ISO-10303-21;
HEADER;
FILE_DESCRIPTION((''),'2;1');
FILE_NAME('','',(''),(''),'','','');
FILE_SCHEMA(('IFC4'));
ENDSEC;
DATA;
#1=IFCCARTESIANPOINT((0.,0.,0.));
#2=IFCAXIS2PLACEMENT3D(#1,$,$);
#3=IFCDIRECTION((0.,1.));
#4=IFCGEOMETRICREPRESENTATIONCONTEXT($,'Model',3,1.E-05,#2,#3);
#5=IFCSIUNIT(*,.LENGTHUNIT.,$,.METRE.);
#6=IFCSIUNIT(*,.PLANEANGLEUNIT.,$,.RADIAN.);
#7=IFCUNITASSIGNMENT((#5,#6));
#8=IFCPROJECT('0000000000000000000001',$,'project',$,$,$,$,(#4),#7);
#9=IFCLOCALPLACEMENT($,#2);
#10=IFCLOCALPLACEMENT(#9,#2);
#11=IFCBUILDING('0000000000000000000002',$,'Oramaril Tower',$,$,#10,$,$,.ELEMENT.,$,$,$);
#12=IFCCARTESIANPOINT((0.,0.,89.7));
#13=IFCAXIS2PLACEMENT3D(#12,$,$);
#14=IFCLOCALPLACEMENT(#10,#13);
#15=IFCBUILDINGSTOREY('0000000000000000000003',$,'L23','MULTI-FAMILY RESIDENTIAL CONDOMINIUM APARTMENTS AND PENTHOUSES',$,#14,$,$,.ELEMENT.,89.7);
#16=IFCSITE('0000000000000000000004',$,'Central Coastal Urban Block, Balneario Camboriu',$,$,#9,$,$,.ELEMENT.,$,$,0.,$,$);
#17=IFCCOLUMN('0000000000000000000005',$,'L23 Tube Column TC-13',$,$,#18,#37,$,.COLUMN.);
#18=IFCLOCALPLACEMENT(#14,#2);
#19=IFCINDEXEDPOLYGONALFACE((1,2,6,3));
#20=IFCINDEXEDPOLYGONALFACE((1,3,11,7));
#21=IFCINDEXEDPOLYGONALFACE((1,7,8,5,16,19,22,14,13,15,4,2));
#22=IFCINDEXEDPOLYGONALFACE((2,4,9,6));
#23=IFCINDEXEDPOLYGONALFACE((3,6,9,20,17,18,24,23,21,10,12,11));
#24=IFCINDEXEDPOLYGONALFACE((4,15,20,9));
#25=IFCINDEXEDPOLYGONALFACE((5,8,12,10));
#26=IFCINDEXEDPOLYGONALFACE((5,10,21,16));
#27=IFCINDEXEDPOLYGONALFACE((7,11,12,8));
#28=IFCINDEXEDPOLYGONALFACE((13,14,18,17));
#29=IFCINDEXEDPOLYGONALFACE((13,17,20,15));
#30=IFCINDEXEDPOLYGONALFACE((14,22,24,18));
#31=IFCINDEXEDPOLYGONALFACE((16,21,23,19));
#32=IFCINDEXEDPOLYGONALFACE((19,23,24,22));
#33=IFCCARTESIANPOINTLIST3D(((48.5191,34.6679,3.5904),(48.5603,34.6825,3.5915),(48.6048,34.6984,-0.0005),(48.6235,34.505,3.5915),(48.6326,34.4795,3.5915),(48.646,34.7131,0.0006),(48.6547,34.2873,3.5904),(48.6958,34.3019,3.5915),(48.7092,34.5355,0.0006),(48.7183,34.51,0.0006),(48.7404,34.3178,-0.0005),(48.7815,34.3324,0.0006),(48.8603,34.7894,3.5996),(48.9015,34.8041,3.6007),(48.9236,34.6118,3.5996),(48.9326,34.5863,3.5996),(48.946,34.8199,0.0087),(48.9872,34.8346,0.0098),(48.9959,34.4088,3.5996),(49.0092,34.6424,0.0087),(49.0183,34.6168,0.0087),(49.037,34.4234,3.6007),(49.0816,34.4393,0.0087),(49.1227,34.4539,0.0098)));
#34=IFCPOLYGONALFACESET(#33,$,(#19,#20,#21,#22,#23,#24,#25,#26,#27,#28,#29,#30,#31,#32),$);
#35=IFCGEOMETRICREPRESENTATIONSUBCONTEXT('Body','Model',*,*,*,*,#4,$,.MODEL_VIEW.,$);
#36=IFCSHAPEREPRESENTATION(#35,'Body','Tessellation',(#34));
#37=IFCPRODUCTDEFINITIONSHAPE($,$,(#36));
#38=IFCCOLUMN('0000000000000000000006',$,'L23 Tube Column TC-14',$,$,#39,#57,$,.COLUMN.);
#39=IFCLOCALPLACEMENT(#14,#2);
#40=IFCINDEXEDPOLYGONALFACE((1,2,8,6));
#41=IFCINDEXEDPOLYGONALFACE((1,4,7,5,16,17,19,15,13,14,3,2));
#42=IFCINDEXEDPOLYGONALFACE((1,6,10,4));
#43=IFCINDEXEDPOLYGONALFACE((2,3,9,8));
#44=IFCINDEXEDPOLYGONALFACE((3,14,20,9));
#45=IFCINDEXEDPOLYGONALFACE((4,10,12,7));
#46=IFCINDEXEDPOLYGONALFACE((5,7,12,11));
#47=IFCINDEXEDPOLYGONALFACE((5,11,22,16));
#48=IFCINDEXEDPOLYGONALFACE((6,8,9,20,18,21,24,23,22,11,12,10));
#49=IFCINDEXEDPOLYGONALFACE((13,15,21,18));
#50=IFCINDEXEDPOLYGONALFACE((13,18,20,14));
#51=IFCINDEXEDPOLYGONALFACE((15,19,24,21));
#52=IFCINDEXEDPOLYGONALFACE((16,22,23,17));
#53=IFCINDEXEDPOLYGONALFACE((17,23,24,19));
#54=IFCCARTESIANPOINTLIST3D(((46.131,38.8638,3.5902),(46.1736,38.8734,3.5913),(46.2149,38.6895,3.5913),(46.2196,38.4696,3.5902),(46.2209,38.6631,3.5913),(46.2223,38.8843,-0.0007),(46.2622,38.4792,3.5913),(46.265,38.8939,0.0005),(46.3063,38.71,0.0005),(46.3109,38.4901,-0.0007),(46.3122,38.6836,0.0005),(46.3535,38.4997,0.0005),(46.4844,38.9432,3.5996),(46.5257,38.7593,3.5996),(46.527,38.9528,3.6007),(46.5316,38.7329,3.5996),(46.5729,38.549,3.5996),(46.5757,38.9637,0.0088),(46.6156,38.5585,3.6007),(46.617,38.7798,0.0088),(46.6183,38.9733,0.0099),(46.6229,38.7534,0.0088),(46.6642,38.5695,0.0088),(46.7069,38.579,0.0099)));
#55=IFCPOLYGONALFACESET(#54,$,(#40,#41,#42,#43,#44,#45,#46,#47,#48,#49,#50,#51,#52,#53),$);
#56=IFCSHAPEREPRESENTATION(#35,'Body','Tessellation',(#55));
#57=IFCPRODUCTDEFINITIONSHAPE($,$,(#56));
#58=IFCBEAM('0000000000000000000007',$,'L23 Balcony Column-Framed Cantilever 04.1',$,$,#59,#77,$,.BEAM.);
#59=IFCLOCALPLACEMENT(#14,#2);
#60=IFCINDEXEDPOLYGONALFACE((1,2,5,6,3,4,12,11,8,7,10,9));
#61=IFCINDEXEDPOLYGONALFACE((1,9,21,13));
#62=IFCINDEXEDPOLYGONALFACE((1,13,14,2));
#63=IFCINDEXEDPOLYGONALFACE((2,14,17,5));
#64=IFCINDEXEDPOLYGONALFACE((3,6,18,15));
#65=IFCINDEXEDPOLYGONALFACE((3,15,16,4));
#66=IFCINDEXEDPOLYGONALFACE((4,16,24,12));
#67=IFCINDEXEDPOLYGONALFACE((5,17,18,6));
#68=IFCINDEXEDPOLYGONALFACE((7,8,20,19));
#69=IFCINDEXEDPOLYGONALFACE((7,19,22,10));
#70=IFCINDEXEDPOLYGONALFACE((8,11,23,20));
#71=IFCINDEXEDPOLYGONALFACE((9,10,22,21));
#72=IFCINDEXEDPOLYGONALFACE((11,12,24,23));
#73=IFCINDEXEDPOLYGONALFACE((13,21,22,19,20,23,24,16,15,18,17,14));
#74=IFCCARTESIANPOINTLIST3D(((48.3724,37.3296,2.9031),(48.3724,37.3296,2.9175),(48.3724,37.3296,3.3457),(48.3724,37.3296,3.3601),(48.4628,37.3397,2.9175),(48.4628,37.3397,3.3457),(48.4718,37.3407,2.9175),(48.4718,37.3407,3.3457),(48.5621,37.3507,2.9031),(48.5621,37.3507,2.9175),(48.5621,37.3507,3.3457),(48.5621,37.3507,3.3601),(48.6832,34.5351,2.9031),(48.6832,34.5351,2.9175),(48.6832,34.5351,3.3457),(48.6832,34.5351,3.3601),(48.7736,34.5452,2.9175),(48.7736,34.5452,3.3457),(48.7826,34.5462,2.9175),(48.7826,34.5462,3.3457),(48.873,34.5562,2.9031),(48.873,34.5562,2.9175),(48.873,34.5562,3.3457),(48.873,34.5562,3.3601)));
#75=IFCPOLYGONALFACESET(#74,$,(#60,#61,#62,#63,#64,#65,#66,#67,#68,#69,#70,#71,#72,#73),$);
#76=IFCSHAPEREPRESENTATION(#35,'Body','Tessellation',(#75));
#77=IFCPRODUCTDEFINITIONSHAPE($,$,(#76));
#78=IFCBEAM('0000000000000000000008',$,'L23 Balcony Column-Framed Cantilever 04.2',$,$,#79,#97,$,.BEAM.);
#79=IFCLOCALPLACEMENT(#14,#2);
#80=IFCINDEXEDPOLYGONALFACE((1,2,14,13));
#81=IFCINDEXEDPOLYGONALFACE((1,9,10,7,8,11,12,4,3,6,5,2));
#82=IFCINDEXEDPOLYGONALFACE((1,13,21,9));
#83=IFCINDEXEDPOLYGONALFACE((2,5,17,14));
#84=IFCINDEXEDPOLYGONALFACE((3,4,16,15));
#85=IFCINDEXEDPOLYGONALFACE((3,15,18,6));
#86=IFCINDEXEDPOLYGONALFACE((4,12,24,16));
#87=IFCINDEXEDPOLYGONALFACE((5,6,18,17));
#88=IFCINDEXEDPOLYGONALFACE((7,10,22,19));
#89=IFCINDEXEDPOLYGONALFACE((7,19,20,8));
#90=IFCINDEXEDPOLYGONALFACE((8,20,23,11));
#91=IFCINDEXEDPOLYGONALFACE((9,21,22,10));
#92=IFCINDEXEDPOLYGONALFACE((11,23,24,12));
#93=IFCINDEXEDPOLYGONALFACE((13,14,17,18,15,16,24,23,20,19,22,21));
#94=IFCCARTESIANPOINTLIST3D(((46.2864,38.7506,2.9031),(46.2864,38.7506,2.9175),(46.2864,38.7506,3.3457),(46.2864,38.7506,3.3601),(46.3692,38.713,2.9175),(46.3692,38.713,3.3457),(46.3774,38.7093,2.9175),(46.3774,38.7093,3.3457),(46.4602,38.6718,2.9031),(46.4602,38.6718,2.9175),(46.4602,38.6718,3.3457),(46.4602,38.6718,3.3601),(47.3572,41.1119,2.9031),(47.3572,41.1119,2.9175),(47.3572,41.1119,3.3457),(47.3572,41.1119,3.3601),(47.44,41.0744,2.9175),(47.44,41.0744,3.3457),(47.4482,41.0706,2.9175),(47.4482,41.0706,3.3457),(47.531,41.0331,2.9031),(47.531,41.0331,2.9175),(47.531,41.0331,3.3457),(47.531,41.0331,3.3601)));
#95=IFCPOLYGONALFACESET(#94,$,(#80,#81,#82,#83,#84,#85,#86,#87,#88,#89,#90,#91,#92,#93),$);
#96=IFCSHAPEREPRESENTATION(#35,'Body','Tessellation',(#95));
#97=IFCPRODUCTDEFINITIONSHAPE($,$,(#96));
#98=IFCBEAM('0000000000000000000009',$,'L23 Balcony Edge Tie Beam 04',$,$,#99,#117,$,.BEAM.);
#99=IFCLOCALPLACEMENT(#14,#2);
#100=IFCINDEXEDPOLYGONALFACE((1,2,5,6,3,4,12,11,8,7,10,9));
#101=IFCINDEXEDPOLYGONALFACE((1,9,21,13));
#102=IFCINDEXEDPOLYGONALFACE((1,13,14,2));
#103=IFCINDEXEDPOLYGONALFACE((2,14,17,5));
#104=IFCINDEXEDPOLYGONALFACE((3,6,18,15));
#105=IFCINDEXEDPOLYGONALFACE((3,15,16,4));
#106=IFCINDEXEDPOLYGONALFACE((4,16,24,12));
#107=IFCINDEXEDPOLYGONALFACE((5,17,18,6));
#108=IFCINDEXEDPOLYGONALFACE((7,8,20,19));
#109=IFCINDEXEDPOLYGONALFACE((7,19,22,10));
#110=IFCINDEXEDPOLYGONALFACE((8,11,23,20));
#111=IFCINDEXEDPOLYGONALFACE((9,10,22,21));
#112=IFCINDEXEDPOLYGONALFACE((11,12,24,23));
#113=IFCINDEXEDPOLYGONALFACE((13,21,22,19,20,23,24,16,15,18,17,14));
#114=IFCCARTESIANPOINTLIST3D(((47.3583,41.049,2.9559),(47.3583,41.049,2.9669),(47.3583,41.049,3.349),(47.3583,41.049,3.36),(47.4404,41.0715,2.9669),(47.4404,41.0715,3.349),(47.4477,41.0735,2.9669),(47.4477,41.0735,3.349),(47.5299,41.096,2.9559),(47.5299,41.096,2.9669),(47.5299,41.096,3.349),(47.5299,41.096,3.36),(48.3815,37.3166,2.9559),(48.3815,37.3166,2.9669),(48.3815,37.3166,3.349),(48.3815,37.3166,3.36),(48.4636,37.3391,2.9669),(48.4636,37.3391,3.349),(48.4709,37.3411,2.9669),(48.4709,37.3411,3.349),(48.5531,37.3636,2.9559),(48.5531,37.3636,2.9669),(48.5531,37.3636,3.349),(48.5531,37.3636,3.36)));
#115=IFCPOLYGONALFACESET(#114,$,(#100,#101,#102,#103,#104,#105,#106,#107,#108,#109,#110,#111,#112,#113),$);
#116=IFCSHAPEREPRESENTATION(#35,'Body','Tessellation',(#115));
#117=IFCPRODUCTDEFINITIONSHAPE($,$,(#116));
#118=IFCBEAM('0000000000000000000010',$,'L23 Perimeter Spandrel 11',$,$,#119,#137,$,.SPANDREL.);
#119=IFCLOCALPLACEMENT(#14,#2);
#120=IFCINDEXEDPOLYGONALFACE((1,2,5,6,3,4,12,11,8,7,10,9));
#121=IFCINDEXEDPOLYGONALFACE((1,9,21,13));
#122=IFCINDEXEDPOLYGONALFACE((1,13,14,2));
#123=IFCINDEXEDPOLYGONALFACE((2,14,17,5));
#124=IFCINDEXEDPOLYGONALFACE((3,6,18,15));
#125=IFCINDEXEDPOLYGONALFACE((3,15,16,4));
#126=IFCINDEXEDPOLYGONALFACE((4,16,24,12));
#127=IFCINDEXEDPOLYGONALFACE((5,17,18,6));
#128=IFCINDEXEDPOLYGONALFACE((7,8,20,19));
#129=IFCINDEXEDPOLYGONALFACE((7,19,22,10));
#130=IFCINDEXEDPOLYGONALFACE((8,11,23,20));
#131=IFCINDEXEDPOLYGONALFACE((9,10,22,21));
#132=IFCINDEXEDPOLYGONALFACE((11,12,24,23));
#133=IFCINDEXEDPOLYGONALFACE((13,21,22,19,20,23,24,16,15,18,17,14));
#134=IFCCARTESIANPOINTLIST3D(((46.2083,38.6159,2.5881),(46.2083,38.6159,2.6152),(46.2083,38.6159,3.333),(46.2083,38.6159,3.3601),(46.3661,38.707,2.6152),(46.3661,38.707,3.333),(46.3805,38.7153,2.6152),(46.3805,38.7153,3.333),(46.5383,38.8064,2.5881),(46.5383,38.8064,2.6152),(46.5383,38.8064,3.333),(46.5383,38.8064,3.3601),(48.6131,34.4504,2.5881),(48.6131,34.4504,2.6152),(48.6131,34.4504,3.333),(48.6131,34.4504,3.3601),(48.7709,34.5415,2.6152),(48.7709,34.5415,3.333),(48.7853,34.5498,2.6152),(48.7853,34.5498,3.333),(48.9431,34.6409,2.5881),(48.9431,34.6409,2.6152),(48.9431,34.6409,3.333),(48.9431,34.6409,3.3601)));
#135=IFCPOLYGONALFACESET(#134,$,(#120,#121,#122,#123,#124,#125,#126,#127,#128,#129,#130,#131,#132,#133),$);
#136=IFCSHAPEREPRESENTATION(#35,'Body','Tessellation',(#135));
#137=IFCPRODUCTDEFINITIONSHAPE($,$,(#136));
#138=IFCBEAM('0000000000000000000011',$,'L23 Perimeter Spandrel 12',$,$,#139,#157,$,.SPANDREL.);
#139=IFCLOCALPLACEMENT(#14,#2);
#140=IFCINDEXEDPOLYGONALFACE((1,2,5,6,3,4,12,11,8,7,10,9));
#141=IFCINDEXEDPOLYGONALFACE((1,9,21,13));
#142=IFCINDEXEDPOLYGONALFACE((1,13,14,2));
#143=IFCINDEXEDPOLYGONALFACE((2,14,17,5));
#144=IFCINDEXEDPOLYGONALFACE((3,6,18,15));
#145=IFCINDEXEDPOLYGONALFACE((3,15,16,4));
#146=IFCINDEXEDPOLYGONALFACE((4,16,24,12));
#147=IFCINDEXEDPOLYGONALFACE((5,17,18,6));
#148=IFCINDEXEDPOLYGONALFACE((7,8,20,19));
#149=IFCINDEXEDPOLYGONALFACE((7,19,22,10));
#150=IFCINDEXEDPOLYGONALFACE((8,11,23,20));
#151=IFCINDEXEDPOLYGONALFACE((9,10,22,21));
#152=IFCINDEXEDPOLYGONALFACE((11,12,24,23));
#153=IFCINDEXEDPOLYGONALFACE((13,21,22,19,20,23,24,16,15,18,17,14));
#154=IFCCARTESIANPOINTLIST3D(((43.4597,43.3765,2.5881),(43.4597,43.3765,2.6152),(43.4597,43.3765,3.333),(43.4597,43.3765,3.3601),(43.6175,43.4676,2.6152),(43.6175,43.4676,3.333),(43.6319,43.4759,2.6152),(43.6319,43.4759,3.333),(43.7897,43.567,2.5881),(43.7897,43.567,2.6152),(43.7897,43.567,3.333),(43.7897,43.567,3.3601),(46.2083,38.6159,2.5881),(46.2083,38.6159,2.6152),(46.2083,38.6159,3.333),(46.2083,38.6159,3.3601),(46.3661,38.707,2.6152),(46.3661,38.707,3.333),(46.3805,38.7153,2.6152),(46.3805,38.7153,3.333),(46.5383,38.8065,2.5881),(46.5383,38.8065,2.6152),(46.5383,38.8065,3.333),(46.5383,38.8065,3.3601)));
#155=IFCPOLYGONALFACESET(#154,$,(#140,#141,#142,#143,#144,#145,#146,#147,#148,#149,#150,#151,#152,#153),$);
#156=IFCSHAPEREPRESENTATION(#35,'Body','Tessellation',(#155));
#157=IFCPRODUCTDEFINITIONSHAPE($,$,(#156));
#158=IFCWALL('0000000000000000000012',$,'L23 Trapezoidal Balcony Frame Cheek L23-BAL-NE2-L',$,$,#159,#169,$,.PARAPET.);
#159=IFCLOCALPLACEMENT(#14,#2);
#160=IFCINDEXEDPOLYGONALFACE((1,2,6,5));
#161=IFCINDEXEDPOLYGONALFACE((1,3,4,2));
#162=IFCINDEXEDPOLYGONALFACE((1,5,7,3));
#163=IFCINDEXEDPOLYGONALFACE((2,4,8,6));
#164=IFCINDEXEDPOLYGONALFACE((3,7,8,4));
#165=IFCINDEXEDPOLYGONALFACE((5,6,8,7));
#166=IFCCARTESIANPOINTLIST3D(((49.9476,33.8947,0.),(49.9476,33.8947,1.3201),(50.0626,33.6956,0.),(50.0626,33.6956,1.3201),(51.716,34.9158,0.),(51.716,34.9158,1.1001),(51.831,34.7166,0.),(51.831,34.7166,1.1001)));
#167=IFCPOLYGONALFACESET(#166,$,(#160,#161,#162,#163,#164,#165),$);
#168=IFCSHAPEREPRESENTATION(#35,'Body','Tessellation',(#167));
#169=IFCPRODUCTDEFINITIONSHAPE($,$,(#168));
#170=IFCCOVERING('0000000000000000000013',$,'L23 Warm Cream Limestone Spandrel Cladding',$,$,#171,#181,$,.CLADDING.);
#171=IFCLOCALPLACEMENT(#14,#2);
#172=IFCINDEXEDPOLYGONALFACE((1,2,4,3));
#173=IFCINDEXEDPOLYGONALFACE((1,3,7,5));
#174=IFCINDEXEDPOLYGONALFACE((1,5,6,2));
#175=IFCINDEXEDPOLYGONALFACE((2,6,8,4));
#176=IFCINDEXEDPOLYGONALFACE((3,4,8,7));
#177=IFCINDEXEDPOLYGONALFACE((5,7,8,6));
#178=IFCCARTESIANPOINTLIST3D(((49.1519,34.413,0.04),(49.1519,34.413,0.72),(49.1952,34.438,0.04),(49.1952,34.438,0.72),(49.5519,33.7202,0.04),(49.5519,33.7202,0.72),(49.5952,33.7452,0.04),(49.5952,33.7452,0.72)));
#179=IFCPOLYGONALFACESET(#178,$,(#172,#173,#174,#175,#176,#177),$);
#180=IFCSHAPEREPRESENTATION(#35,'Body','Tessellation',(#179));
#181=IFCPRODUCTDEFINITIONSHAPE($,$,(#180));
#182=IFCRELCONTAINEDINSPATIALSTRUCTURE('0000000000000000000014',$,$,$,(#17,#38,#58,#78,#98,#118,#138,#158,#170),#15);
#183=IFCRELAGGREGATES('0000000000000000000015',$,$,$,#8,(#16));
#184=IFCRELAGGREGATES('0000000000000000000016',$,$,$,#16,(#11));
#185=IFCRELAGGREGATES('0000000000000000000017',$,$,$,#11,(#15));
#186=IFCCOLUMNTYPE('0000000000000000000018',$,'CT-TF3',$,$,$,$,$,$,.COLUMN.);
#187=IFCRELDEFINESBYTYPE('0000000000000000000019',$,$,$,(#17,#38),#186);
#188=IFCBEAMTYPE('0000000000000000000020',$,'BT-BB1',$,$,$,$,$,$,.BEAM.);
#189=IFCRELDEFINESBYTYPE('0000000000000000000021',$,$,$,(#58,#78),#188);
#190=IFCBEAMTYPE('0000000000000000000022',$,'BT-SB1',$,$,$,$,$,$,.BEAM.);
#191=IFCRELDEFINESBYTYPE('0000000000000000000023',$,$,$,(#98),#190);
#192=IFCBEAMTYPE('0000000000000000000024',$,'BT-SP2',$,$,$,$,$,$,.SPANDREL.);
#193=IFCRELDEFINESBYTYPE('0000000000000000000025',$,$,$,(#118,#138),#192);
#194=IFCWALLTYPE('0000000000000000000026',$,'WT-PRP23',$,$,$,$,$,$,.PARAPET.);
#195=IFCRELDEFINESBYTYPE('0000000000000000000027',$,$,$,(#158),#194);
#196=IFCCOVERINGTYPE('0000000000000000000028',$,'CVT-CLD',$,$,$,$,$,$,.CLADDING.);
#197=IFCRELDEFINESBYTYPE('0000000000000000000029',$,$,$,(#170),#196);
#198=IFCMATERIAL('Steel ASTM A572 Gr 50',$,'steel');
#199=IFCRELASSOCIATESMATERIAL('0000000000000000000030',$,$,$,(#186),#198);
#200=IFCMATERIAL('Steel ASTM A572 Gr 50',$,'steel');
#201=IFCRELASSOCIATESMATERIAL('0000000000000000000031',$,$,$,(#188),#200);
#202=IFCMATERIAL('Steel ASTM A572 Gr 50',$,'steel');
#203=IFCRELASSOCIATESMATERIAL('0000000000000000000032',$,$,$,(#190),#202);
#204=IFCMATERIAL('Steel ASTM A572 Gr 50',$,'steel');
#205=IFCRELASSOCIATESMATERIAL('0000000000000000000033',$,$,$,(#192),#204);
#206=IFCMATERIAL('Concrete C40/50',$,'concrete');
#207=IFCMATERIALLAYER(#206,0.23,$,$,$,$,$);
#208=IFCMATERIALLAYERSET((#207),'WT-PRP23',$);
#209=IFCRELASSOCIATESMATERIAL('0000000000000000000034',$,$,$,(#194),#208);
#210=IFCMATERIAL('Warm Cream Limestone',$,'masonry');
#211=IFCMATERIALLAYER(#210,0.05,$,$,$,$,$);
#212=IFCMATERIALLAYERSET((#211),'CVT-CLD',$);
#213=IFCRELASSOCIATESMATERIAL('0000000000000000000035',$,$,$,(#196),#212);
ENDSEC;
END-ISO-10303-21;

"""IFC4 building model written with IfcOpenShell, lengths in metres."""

from ifc_helpers import new_model, si_unit, direction, frame, origin, origin_2d, place, context, subcontext, project, spatial, polyline, rectangle, i_section, outline, extrude, material, layer, layer_set, material_profile, profile_set, type_object, element, save


model = new_model("IFC4")

# Units and contexts
model_context = context("Model", 3, precision=1e-05, world=origin(), true_north=direction((0.0, 1.0)))
body_context = subcontext(model_context, "Body", "Model", "MODEL_VIEW")
ifc_project = project(units=[si_unit("LENGTHUNIT", "METRE"), si_unit("PLANEANGLEUNIT", "RADIAN")], contexts=[model_context])

# Site, building, storey
site_placement = place(None, origin())
site = spatial("IfcSite", under=ifc_project, at=site_placement, Name="Central Coastal Urban Block, Balneario Camboriu", CompositionType="ELEMENT", RefElevation=0.0)
building_placement = place(site_placement, origin())
building = spatial("IfcBuilding", under=site, at=building_placement, Name="Oramaril Tower", CompositionType="ELEMENT")
storey_placement = place(building_placement, frame((0.0, 0.0, 89.7)))
storey = spatial("IfcBuildingStorey", under=building, at=storey_placement, Name="L23", Description="MULTI-FAMILY RESIDENTIAL CONDOMINIUM APARTMENTS AND PENTHOUSES", CompositionType="ELEMENT", Elevation=89.7)

# Columns
ifc_material_1 = material(Name="Steel ASTM A572 Gr 50", Category="steel")
ifc_material_profile_1 = material_profile(ifc_material_1, i_section(OverallWidth=0.4041, OverallDepth=0.406, WebThickness=0.0271, FlangeThickness=0.0437, at=origin_2d()), Name="W14X233")
ifc_profile_set_1 = profile_set([ifc_material_profile_1], Name="Steel ASTM A572 Gr 50")
column_type = type_object("IfcColumnType", Name="CT-TF3", PredefinedType="COLUMN", material=ifc_profile_set_1)
for number, where, z_axis, x_axis, name in (
    (1, (48.8638, 34.5762, 0.0046), (-0.023857, -0.008496, 0.999679), (0.335486, -0.942045, 0.0), "L23 Tube Column TC-13"),
    (2, (46.4646, 38.7317, 0.0046), (-0.02542, -0.005709, 0.999661), (0.21914, -0.975693, 0.0), "L23 Tube Column TC-14"),
):
    element("IfcColumn", number, at=place(storey_placement, frame(where, z_axis=z_axis, x_axis=x_axis)), inside=storey, type_object=column_type, Name=name, PredefinedType="COLUMN", context=body_context, shape_type="SweptSolid", body=[
        extrude(i_section(OverallWidth=0.4041, OverallDepth=0.406, WebThickness=0.0271, FlangeThickness=0.0437, at=origin_2d()), origin(), (0.0, 0.0, 1.0), 3.592),
    ])

# Beams
ifc_material_2 = material(Name="Steel ASTM A572 Gr 50", Category="steel")
ifc_material_profile_2 = material_profile(ifc_material_2, i_section(OverallWidth=0.1909, OverallDepth=0.457, WebThickness=0.009, FlangeThickness=0.0144, at=origin_2d()), Name="W18X50")
ifc_profile_set_2 = profile_set([ifc_material_profile_2], Name="Steel ASTM A572 Gr 50")
beam_type_1 = type_object("IfcBeamType", Name="BT-BB1", PredefinedType="BEAM", material=ifc_profile_set_2)
beam_1_placement = place(storey_placement, frame((48.7781, 34.5457, 3.1316), z_axis=(-0.110536, 0.993872, 0.0), x_axis=(-0.993872, -0.110536, 0.0)))
element("IfcBeam", 3, at=beam_1_placement, inside=storey, type_object=beam_type_1, Name="L23 Balcony Column-Framed Cantilever 04.1", PredefinedType="BEAM", context=body_context, shape_type="SweptSolid", body=[
    extrude(i_section(OverallWidth=0.1909, OverallDepth=0.457, WebThickness=0.009, FlangeThickness=0.0144, at=origin_2d()), origin(), (0.0, 0.0, 1.0), 2.8118),
])
beam_2_placement = place(storey_placement, frame((46.3733, 38.7112, 3.1316), z_axis=(0.412994, 0.910734, 0.0), x_axis=(-0.910734, 0.412994, 0.0)))
element("IfcBeam", 4, at=beam_2_placement, inside=storey, type_object=beam_type_1, Name="L23 Balcony Column-Framed Cantilever 04.2", PredefinedType="BEAM", context=body_context, shape_type="SweptSolid", body=[
    extrude(i_section(OverallWidth=0.1909, OverallDepth=0.457, WebThickness=0.009, FlangeThickness=0.0144, at=origin_2d()), origin(), (0.0, 0.0, 1.0), 2.5928),
])
ifc_material_3 = material(Name="Steel ASTM A572 Gr 50", Category="steel")
ifc_material_profile_3 = material_profile(ifc_material_3, i_section(OverallWidth=0.178, OverallDepth=0.4041, WebThickness=0.0076, FlangeThickness=0.011, at=origin_2d()), Name="W16X36")
ifc_profile_set_3 = profile_set([ifc_material_profile_3], Name="Steel ASTM A572 Gr 50")
beam_type_2 = type_object("IfcBeamType", Name="BT-SB1", PredefinedType="BEAM", material=ifc_profile_set_3)
beam_3_placement = place(storey_placement, frame((48.4673, 37.3401, 3.158), z_axis=(-0.264382, 0.964418, 0.0), x_axis=(-0.964418, -0.264382, 0.0)))
element("IfcBeam", 5, at=beam_3_placement, inside=storey, type_object=beam_type_2, Name="L23 Balcony Edge Tie Beam 04", PredefinedType="BEAM", context=body_context, shape_type="SweptSolid", body=[
    extrude(i_section(OverallWidth=0.178, OverallDepth=0.4041, WebThickness=0.0076, FlangeThickness=0.011, at=origin_2d()), origin(), (0.0, 0.0, 1.0), 3.8701),
])
ifc_material_4 = material(Name="Steel ASTM A572 Gr 50", Category="steel")
ifc_material_profile_4 = material_profile(ifc_material_4, i_section(OverallWidth=0.3811, OverallDepth=0.772, WebThickness=0.0166, FlangeThickness=0.0271, at=origin_2d()), Name="W30X173")
ifc_profile_set_4 = profile_set([ifc_material_profile_4], Name="Steel ASTM A572 Gr 50")
beam_type_3 = type_object("IfcBeamType", Name="BT-SP2", PredefinedType="SPANDREL", material=ifc_profile_set_4)
beam_4_placement = place(storey_placement, frame((48.7781, 34.5457, 2.9741), z_axis=(-0.499971, 0.866042, 0.0), x_axis=(-0.866042, -0.499971, 0.0)))
element("IfcBeam", 6, at=beam_4_placement, inside=storey, type_object=beam_type_3, Name="L23 Perimeter Spandrel 11", PredefinedType="SPANDREL", context=body_context, shape_type="SweptSolid", body=[
    extrude(i_section(OverallWidth=0.3811, OverallDepth=0.772, WebThickness=0.0166, FlangeThickness=0.0271, at=origin_2d()), origin(), (0.0, 0.0, 1.0), 4.8098),
])
beam_5_placement = place(storey_placement, frame((46.3733, 38.7112, 2.9741), z_axis=(-0.500008, 0.866021, 0.0), x_axis=(-0.866021, -0.500008, 0.0)))
element("IfcBeam", 7, at=beam_5_placement, inside=storey, type_object=beam_type_3, Name="L23 Perimeter Spandrel 12", PredefinedType="SPANDREL", context=body_context, shape_type="SweptSolid", body=[
    extrude(i_section(OverallWidth=0.3811, OverallDepth=0.772, WebThickness=0.0166, FlangeThickness=0.0271, at=origin_2d()), origin(), (0.0, 0.0, 1.0), 5.4971),
])

# Wall
ifc_material_5 = material(Name="Concrete C40/50", Category="concrete")
ifc_layer_1 = layer(ifc_material_5, 0.23)
ifc_layer_set_1 = layer_set([ifc_layer_1], Name="WT-PRP23")
wall_type = type_object("IfcWallType", Name="WT-PRP23", PredefinedType="PARAPET", material=ifc_layer_set_1)
wall_placement = place(storey_placement, frame((50.0051, 33.7952, 0.0), z_axis=(0.0, 0.0, 1.0), x_axis=(0.866012, 0.500023, 0.0)))
element("IfcWall", 8, at=wall_placement, inside=storey, type_object=wall_type, Name="L23 Trapezoidal Balcony Frame Cheek L23-BAL-NE2-L", PredefinedType="PARAPET", context=body_context, shape_type="SweptSolid", body=[
    extrude(outline(polyline([(0.0, 0.0), (2.042, 0.0), (2.042, 1.1001), (0.0, 1.3201), (0.0, 0.0)])), frame((0.0, 0.115, 0.0), z_axis=(0.0, -1.0, 0.0), x_axis=(1.0, 0.0, 0.0)), (0.0, 0.0, 1.0), 0.23),
])

# Covering
ifc_material_6 = material(Name="Warm Cream Limestone", Category="masonry")
ifc_layer_2 = layer(ifc_material_6, 0.05)
ifc_layer_set_2 = layer_set([ifc_layer_2], Name="CVT-CLD")
covering_type = type_object("IfcCoveringType", Name="CVT-CLD", PredefinedType="CLADDING", material=ifc_layer_set_2)
covering_placement = place(storey_placement, frame((49.3735, 34.0791, 0.04), z_axis=(0.0, 0.0, 1.0), x_axis=(-0.5, 0.866025, 0.0)))
element("IfcCovering", 9, at=covering_placement, inside=storey, type_object=covering_type, Name="L23 Warm Cream Limestone Spandrel Cladding", PredefinedType="CLADDING", context=body_context, shape_type="SweptSolid", body=[
    extrude(rectangle(XDim=0.8, YDim=0.05, at=origin_2d()), origin(), (0.0, 0.0, 1.0), 0.6799),
])

save(model, "model.ifc")
